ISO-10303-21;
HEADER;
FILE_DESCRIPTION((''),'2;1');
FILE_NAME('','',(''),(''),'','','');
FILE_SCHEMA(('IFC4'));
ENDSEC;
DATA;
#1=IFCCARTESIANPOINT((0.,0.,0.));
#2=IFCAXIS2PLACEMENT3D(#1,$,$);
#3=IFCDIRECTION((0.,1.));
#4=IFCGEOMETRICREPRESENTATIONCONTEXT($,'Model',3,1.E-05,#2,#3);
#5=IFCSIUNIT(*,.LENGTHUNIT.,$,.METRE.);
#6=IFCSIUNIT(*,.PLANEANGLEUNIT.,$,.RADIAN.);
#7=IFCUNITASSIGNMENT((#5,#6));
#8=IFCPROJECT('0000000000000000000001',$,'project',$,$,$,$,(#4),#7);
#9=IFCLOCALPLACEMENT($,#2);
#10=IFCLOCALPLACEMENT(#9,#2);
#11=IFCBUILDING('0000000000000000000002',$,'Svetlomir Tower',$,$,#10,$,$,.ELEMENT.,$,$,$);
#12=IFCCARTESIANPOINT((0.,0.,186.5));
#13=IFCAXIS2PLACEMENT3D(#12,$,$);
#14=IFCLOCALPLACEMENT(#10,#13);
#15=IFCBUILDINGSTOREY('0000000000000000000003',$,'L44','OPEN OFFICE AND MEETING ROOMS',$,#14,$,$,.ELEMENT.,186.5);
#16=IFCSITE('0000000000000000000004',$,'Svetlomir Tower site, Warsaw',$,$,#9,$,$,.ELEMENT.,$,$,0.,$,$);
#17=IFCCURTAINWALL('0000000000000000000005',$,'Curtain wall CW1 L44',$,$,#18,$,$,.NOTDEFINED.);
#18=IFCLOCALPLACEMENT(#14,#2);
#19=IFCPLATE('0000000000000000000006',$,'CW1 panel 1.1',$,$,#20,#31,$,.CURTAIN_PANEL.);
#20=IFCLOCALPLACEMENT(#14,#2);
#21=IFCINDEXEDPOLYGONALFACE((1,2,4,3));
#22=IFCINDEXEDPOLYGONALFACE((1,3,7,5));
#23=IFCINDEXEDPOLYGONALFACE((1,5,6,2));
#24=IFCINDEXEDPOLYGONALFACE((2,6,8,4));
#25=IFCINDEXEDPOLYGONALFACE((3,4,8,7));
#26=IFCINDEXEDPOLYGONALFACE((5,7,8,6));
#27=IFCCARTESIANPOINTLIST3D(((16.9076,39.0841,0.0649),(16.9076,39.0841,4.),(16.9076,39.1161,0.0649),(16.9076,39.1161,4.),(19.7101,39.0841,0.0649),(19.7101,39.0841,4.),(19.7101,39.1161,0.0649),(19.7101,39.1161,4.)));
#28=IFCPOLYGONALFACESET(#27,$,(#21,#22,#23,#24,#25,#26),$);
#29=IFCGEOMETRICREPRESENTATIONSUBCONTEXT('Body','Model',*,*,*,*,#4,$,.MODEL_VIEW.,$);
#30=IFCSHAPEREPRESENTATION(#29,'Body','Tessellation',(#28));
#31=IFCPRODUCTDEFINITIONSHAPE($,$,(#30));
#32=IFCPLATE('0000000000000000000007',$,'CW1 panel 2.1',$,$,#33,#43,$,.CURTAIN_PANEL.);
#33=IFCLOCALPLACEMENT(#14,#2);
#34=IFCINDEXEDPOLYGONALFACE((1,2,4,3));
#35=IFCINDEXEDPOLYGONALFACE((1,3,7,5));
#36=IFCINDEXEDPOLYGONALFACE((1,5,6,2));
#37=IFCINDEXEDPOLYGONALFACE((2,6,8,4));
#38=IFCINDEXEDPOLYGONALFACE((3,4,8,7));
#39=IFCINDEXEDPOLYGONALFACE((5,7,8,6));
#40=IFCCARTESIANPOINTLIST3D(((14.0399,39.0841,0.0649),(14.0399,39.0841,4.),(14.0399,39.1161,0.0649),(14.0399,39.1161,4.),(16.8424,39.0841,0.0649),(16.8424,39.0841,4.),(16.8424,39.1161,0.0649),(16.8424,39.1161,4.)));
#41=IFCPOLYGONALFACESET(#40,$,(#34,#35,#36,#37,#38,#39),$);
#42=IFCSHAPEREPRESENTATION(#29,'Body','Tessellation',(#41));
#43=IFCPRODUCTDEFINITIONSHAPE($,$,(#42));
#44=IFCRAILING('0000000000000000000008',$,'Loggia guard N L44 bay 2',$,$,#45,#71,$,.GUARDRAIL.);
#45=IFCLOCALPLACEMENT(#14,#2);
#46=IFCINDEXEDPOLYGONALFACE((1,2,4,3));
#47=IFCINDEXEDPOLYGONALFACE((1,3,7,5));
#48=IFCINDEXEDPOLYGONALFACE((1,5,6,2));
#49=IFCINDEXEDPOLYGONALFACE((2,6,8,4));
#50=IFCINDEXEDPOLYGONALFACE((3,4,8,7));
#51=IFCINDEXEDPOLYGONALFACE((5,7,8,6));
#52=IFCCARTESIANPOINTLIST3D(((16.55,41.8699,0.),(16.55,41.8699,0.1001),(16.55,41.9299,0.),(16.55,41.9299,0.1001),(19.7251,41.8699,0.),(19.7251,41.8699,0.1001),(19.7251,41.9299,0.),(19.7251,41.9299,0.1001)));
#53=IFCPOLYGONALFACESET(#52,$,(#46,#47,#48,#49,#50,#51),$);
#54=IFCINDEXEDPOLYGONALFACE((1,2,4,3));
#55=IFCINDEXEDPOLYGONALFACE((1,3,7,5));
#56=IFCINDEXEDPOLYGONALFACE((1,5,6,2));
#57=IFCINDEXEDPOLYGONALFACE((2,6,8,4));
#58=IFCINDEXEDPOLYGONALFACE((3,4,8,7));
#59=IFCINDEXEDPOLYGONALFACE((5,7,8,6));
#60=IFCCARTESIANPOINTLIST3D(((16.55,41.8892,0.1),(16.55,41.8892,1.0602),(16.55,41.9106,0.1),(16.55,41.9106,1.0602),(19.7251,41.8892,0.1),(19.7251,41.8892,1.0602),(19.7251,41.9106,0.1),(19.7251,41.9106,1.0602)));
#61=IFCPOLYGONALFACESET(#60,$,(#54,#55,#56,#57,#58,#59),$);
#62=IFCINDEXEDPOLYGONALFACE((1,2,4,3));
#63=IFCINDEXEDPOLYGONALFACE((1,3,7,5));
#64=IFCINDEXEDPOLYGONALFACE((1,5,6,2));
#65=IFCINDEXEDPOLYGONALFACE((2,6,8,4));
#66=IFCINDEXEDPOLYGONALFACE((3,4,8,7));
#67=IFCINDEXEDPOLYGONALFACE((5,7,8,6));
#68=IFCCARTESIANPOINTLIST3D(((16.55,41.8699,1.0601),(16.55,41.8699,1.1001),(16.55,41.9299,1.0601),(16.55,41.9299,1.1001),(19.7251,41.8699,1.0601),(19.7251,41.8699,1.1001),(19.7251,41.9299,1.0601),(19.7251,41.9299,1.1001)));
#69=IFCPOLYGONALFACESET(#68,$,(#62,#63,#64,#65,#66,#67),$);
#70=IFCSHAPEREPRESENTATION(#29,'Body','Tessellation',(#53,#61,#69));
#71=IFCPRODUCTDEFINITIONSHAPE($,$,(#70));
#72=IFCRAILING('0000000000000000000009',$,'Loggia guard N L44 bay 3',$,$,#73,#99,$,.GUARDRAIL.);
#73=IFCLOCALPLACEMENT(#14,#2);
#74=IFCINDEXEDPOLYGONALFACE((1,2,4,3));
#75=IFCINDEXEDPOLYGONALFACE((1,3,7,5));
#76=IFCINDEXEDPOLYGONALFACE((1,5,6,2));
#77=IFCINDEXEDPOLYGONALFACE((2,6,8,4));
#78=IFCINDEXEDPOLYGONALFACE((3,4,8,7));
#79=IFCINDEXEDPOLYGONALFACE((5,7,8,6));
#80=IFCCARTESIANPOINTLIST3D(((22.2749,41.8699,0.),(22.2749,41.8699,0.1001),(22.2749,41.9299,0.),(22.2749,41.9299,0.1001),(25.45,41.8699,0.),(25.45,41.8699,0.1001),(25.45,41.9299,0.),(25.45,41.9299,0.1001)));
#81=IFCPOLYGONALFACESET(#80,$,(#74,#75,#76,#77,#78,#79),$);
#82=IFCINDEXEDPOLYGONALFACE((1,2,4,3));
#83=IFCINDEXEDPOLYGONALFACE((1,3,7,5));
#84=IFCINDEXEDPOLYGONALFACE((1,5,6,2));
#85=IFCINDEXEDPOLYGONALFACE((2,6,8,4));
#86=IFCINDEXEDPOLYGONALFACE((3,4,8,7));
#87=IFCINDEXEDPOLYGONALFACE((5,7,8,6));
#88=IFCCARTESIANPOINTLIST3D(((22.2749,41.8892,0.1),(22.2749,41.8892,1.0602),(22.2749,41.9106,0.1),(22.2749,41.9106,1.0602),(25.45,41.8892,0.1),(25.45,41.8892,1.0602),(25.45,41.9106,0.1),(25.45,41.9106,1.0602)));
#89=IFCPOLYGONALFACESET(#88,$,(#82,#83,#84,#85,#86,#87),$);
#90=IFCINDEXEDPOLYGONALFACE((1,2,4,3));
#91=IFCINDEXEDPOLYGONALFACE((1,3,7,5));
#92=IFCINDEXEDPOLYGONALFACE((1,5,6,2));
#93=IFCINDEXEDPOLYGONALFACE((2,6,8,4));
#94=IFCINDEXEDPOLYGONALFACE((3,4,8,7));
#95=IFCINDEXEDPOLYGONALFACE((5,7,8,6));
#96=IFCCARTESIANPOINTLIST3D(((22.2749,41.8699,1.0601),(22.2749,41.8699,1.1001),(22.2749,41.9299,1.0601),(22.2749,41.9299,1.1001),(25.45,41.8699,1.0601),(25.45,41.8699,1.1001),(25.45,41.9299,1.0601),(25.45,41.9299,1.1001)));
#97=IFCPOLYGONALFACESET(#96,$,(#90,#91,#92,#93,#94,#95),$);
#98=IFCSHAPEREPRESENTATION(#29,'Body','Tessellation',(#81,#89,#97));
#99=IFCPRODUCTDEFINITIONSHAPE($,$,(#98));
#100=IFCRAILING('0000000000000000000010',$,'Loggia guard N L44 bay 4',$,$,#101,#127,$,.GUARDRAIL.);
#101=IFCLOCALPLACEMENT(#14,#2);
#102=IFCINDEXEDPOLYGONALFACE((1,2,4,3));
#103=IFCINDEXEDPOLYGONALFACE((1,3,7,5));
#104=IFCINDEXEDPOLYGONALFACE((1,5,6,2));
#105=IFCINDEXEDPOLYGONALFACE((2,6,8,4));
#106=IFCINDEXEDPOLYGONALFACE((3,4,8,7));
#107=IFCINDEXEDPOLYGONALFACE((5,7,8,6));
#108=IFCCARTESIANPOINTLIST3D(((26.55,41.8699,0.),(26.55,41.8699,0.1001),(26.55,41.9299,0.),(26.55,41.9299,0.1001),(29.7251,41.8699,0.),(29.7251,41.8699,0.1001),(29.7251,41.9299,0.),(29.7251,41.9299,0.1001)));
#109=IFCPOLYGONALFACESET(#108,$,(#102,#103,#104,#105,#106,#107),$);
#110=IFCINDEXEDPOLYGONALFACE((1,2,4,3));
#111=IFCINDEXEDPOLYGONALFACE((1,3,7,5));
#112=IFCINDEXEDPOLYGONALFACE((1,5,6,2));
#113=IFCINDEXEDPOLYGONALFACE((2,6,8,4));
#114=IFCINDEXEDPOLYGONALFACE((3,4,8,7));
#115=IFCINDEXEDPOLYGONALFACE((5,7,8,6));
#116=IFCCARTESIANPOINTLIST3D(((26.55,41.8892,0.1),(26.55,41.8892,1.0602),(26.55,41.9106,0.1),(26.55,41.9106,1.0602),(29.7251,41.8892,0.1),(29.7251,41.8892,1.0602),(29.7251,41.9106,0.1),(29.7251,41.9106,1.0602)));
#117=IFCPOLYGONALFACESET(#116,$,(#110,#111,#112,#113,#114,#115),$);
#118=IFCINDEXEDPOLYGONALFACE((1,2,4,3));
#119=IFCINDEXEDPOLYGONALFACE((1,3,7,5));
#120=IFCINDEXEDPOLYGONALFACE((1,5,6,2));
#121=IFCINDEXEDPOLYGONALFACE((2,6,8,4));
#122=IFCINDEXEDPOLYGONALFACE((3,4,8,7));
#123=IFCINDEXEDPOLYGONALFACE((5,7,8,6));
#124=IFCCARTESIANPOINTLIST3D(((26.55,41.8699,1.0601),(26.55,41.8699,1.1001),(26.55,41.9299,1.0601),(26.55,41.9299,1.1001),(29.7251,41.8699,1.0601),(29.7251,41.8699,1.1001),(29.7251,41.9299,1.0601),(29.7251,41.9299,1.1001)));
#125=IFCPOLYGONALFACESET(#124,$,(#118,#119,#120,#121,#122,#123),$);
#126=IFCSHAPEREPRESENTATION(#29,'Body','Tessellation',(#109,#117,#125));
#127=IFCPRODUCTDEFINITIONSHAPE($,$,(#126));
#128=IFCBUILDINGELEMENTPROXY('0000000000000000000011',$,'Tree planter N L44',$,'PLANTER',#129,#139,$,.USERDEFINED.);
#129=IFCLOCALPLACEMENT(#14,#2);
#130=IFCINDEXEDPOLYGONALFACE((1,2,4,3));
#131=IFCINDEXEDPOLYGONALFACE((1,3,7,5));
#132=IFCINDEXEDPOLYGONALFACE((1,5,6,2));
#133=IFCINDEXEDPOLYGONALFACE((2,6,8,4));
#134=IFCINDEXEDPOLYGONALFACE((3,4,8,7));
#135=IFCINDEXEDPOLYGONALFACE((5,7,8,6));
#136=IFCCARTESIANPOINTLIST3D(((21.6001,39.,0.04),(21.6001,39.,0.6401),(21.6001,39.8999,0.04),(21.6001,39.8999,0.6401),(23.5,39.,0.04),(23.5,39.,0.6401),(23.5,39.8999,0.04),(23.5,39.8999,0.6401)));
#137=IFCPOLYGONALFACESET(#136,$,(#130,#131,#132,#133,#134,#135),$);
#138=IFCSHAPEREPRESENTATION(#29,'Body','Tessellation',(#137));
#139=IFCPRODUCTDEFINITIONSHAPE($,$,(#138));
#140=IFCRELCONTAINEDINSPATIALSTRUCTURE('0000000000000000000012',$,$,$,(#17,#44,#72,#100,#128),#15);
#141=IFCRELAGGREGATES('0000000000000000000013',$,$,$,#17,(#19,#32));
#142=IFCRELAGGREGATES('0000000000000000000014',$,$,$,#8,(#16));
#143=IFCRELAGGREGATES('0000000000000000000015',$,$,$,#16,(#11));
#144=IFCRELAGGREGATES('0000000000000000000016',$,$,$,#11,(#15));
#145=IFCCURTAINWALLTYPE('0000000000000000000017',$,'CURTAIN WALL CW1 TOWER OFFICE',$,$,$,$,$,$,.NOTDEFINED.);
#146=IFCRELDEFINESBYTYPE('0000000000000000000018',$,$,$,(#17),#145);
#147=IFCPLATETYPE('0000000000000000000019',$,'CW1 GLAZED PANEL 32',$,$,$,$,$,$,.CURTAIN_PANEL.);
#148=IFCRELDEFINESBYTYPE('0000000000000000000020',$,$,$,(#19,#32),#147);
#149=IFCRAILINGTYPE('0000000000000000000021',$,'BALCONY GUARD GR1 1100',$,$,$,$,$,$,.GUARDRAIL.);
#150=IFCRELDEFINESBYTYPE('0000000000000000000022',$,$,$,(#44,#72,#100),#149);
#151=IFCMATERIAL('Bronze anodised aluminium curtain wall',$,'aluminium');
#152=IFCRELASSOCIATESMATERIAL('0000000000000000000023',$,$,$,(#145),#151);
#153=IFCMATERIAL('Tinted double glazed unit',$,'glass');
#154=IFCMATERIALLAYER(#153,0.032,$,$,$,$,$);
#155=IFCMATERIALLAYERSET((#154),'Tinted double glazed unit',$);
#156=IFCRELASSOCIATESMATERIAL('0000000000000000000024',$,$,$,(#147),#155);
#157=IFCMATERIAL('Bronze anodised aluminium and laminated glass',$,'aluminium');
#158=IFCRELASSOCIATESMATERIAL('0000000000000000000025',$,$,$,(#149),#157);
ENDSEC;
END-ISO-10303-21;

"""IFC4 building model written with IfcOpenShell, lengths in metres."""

from ifc_helpers import new_model, si_unit, direction, frame, origin, origin_2d, place, context, subcontext, project, spatial, rectangle, extrude, material, layer, layer_set, type_object, element, aggregate, save


model = new_model("IFC4")

# Units and contexts
model_context = context("Model", 3, precision=1e-05, world=origin(), true_north=direction((0.0, 1.0)))
body_context = subcontext(model_context, "Body", "Model", "MODEL_VIEW")
ifc_project = project(units=[si_unit("LENGTHUNIT", "METRE"), si_unit("PLANEANGLEUNIT", "RADIAN")], contexts=[model_context])

# Site, building, storey
site_placement = place(None, origin())
site = spatial("IfcSite", under=ifc_project, at=site_placement, Name="Svetlomir Tower site, Warsaw", CompositionType="ELEMENT", RefElevation=0.0)
building_placement = place(site_placement, origin())
building = spatial("IfcBuilding", under=site, at=building_placement, Name="Svetlomir Tower", CompositionType="ELEMENT")
storey_placement = place(building_placement, frame((0.0, 0.0, 186.5)))
storey = spatial("IfcBuildingStorey", under=building, at=storey_placement, Name="L44", Description="OPEN OFFICE AND MEETING ROOMS", CompositionType="ELEMENT", Elevation=186.5)

# Curtain wall
ifc_material_1 = material(Name="Bronze anodised aluminium curtain wall", Category="aluminium")
curtain_wall_type = type_object("IfcCurtainWallType", Name="CURTAIN WALL CW1 TOWER OFFICE", PredefinedType="NOTDEFINED", material=ifc_material_1)
curtain_wall_1_placement = place(storey_placement, origin())
curtain_wall_1 = element("IfcCurtainWall", 1, at=curtain_wall_1_placement, inside=storey, type_object=curtain_wall_type, Name="Curtain wall CW1 L44", PredefinedType="NOTDEFINED")

# Plates
ifc_material_2 = material(Name="Tinted double glazed unit", Category="glass")
ifc_layer_1 = layer(ifc_material_2, 0.032)
ifc_layer_set_1 = layer_set([ifc_layer_1], Name="Tinted double glazed unit")
plate_type = type_object("IfcPlateType", Name="CW1 GLAZED PANEL 32", PredefinedType="CURTAIN_PANEL", material=ifc_layer_set_1)
plate_1_placement = place(storey_placement, frame((18.3088, 39.1001, 0.0649), z_axis=(0.0, 0.0, 1.0), x_axis=(-1.0, 0.0, 0.0)))
plate_1 = element("IfcPlate", 2, at=plate_1_placement, type_object=plate_type, Name="CW1 panel 1.1", PredefinedType="CURTAIN_PANEL", context=body_context, shape_type="SweptSolid", body=[
    extrude(rectangle(XDim=2.8025, YDim=0.032, at=origin_2d()), origin(), (0.0, 0.0, 1.0), 3.9351),
])
plate_2_placement = place(storey_placement, frame((15.4412, 39.1001, 0.0649), z_axis=(0.0, 0.0, 1.0), x_axis=(-1.0, 0.0, 0.0)))
plate_2 = element("IfcPlate", 3, at=plate_2_placement, type_object=plate_type, Name="CW1 panel 2.1", PredefinedType="CURTAIN_PANEL", context=body_context, shape_type="SweptSolid", body=[
    extrude(rectangle(XDim=2.8025, YDim=0.032, at=origin_2d()), origin(), (0.0, 0.0, 1.0), 3.9351),
])
aggregate(curtain_wall_1, [plate_1, plate_2])

# Railings
ifc_material_3 = material(Name="Bronze anodised aluminium and laminated glass", Category="aluminium")
railing_type = type_object("IfcRailingType", Name="BALCONY GUARD GR1 1100", PredefinedType="GUARDRAIL", material=ifc_material_3)
for number, where, name in (
    (4, (16.55, 41.8999, 0.0), "Loggia guard N L44 bay 2"),
    (5, (22.2749, 41.8999, 0.0), "Loggia guard N L44 bay 3"),
    (6, (26.55, 41.8999, 0.0), "Loggia guard N L44 bay 4"),
):
    element("IfcRailing", number, at=place(storey_placement, frame(where)), inside=storey, type_object=railing_type, Name=name, PredefinedType="GUARDRAIL", context=body_context, shape_type="SweptSolid", body=[
        extrude(rectangle(XDim=0.0601, YDim=0.1001, at=origin_2d()), frame((0.0, 0.0, 0.05), z_axis=(1.0, 0.0, 0.0), x_axis=(0.0, 1.0, 0.0)), (0.0, 0.0, 1.0), 3.175),
        extrude(rectangle(XDim=0.0215, YDim=0.9602, at=origin_2d()), frame((0.0, 0.0, 0.5801), z_axis=(1.0, 0.0, 0.0), x_axis=(0.0, 1.0, 0.0)), (0.0, 0.0, 1.0), 3.175),
        extrude(rectangle(XDim=0.0601, YDim=0.04, at=origin_2d()), frame((0.0, 0.0, 1.0801), z_axis=(1.0, 0.0, 0.0), x_axis=(0.0, 1.0, 0.0)), (0.0, 0.0, 1.0), 3.175),
    ])

# Building element proxy
proxy_placement = place(storey_placement, frame((22.55, 39.45, 0.04), z_axis=(0.0, 0.0, 1.0), x_axis=(1.0, 0.0, 0.0)))
element("IfcBuildingElementProxy", 7, at=proxy_placement, inside=storey, Name="Tree planter N L44", ObjectType="PLANTER", PredefinedType="USERDEFINED", context=body_context, shape_type="SweptSolid", body=[
    extrude(rectangle(XDim=1.8999, YDim=0.8999, at=origin_2d()), origin(), (0.0, 0.0, 1.0), 0.6001),
])

save(model, "model.ifc")
